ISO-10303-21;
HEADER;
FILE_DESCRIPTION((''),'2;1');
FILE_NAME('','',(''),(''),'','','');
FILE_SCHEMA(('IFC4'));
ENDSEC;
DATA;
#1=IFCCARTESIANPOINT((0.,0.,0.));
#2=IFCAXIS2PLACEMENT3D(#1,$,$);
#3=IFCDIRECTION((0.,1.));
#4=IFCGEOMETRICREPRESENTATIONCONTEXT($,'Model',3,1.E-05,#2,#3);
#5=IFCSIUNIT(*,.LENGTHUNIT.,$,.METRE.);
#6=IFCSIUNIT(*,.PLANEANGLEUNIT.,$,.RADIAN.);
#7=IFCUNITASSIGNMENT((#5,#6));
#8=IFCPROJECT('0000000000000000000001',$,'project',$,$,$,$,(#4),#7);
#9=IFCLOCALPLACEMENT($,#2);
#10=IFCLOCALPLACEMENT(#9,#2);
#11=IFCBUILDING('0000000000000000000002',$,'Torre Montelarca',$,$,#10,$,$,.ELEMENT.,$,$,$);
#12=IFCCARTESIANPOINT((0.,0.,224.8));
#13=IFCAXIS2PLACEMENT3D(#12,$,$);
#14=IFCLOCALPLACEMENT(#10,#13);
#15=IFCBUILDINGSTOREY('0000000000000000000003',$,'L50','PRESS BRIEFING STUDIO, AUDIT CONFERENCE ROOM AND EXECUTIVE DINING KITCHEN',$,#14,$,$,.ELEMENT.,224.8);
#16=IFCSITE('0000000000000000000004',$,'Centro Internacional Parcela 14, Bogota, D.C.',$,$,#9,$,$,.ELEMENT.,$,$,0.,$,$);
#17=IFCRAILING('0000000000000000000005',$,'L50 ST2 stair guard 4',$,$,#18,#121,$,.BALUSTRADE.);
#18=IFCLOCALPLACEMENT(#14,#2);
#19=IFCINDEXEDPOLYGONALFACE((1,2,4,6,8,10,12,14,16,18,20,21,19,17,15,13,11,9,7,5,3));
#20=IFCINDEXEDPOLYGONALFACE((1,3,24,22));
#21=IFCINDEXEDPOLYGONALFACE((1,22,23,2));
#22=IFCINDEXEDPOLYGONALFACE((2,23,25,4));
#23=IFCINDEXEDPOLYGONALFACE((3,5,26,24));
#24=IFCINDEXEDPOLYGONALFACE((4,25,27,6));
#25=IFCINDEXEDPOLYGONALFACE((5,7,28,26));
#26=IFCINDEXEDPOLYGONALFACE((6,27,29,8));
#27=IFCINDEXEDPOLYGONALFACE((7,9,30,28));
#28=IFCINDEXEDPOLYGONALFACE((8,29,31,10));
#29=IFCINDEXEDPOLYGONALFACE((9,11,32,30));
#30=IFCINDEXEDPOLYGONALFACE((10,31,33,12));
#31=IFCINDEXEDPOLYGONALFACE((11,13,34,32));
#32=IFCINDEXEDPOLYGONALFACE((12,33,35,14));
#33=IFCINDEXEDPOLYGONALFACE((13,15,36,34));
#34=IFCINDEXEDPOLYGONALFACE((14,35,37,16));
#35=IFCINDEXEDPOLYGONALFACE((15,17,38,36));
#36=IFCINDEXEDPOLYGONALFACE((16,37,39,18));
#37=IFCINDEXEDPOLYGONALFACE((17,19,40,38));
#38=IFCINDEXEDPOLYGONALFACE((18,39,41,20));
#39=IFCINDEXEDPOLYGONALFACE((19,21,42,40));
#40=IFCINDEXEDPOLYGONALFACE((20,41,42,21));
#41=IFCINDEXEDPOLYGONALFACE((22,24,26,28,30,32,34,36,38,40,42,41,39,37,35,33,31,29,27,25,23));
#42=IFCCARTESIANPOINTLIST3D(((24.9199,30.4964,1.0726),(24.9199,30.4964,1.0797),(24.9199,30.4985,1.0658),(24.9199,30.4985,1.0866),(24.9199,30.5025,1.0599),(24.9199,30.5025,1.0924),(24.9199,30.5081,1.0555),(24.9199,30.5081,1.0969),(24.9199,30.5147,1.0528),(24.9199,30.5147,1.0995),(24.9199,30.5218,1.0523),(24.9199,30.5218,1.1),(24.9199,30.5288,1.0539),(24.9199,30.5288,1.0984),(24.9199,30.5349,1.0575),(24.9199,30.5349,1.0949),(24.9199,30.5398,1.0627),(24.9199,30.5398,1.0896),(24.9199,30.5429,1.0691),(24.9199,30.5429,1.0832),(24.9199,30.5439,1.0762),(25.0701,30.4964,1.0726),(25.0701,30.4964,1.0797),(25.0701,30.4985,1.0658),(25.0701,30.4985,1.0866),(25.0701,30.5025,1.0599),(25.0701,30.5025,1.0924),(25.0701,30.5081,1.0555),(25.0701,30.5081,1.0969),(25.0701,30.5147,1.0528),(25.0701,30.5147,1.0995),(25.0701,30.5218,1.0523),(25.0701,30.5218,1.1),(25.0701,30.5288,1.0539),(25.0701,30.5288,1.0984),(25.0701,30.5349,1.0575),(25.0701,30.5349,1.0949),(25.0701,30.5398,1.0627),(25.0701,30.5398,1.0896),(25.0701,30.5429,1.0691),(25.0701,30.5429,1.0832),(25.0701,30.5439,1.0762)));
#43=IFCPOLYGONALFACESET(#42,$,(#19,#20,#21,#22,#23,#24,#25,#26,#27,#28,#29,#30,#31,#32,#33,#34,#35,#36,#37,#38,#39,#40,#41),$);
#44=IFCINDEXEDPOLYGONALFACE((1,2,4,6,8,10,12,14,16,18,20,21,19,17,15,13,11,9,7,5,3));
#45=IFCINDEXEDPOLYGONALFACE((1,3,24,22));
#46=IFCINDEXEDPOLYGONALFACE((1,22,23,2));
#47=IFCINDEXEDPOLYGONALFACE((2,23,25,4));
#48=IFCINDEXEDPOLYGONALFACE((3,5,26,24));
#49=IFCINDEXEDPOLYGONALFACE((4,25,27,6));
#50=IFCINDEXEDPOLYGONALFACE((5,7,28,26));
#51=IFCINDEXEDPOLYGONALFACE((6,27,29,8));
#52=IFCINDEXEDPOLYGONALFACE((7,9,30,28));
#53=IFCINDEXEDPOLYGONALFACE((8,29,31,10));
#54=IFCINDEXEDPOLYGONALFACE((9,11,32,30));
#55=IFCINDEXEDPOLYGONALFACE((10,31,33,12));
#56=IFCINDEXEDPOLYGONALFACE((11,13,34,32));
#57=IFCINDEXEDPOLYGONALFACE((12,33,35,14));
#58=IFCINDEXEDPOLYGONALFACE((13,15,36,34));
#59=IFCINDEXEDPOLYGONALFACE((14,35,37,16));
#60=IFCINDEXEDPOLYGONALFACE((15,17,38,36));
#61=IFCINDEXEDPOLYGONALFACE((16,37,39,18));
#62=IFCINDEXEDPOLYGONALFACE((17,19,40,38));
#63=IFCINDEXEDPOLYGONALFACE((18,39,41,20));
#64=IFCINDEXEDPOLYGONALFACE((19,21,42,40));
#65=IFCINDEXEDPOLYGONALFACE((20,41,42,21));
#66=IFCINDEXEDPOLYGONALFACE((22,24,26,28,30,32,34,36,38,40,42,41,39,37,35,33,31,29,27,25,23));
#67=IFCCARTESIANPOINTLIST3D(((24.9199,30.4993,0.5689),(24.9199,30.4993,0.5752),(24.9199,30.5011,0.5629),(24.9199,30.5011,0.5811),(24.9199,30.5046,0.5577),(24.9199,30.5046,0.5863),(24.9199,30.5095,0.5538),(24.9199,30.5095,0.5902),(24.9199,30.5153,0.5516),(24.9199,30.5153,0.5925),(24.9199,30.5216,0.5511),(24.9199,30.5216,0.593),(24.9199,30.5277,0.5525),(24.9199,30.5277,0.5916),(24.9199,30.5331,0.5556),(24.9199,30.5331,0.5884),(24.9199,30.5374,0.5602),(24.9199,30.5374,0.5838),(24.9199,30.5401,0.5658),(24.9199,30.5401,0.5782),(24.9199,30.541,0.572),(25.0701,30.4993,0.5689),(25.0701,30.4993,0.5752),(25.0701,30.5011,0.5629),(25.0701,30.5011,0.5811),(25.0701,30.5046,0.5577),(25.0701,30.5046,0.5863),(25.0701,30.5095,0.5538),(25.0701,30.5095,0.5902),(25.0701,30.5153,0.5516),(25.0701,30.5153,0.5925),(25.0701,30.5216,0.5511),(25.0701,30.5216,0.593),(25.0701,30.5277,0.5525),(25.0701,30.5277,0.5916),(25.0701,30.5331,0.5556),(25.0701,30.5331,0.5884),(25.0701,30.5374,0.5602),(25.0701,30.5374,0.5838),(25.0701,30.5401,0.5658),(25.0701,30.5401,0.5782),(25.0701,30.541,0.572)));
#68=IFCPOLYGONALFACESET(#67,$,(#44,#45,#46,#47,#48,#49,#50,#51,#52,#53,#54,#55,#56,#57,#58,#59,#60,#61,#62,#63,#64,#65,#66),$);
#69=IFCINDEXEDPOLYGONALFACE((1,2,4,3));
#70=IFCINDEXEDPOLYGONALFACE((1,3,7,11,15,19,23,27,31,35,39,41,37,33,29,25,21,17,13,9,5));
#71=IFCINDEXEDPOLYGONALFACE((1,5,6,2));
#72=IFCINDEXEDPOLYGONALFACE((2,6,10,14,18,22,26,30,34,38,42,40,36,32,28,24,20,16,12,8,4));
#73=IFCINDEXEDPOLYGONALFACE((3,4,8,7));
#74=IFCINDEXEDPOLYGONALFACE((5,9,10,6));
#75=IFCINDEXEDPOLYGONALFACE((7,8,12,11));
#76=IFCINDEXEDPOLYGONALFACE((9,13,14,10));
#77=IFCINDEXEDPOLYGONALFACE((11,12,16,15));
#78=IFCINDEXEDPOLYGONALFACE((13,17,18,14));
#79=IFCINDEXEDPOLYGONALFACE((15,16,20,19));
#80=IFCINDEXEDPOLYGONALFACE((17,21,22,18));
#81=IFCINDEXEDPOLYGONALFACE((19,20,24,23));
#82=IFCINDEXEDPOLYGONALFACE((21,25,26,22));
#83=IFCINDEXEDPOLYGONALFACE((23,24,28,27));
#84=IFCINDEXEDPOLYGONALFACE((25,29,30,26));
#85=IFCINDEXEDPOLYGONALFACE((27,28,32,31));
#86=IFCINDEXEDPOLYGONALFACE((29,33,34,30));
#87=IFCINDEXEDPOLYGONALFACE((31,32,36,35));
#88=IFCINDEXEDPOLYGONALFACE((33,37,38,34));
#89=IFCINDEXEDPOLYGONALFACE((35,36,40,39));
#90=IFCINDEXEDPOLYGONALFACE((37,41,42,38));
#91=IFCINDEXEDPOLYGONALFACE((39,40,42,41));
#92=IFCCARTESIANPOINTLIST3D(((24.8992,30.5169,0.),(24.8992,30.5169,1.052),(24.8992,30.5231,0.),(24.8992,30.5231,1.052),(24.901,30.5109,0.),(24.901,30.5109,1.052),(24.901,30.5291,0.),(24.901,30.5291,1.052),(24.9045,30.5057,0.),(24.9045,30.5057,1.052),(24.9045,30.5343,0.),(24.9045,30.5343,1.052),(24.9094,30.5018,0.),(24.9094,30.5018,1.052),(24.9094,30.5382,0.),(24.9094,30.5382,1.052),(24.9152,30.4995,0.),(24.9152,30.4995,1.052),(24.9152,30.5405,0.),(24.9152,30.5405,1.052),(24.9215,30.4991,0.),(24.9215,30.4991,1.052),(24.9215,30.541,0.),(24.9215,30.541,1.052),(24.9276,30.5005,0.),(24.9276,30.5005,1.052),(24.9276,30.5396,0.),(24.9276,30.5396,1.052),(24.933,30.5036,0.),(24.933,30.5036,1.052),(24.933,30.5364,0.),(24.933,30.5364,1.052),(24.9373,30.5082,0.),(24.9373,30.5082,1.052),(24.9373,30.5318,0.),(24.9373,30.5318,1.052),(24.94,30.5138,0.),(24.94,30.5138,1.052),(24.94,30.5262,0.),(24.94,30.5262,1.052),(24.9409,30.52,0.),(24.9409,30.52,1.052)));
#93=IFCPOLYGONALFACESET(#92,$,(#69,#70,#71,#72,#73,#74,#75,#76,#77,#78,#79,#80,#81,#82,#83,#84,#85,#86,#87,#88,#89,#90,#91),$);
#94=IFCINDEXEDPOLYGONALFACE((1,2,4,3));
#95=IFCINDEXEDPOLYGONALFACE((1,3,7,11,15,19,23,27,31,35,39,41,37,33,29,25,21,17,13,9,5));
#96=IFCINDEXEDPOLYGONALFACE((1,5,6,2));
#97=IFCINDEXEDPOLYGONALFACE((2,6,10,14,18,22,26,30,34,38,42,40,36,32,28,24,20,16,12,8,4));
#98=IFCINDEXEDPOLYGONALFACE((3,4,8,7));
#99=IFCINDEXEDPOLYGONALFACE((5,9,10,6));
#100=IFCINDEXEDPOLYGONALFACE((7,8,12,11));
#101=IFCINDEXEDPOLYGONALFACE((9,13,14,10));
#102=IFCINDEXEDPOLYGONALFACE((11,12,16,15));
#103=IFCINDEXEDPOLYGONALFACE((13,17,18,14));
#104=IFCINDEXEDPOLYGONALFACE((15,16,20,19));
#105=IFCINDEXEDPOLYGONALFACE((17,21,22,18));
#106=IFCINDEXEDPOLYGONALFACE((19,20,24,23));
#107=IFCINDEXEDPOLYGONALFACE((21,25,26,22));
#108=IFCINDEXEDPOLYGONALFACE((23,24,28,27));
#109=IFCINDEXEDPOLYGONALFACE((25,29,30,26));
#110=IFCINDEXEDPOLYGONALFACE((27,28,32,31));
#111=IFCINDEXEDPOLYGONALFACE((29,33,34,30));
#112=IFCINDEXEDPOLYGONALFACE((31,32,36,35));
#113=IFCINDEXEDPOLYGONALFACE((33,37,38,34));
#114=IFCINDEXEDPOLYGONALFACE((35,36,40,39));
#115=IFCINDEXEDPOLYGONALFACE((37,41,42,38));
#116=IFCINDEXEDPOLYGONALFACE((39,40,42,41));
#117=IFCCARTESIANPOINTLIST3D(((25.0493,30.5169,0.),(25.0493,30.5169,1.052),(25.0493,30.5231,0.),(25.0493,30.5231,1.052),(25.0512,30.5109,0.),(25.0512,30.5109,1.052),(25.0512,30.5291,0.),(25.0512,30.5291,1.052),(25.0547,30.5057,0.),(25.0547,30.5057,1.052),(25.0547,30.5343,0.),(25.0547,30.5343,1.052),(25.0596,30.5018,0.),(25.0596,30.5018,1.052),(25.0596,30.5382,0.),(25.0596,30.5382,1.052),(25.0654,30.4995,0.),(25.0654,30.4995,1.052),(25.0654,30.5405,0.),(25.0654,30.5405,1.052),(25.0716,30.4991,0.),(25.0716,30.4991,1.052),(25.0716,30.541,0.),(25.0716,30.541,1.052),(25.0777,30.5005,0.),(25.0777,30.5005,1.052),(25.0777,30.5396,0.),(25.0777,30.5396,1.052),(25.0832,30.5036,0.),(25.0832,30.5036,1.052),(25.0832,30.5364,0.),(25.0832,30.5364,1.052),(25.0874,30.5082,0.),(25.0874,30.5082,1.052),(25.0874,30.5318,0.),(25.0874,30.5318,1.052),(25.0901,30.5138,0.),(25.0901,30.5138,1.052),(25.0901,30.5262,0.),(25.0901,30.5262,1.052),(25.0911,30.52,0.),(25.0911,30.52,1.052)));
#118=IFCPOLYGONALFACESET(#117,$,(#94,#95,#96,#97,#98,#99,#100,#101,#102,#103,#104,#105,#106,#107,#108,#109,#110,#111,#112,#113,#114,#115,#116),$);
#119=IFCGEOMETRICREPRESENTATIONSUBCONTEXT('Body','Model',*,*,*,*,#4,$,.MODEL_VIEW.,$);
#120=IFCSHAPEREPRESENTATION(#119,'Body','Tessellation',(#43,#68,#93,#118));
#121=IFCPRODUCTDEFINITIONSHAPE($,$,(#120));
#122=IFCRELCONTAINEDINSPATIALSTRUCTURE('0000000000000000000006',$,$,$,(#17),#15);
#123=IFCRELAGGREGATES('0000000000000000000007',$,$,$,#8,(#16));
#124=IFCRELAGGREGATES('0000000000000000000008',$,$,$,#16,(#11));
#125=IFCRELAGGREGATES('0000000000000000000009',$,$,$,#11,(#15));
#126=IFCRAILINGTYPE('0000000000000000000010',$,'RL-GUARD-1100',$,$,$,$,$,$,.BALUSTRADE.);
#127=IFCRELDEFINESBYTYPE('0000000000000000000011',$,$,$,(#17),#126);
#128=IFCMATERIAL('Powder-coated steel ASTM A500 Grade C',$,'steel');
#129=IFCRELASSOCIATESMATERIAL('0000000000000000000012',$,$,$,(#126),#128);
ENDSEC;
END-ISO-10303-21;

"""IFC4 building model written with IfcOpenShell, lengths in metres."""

from ifc_helpers import new_model, si_unit, direction, frame, origin, origin_2d, place, context, subcontext, project, spatial, circle, extrude, material, type_object, element, save


model = new_model("IFC4")

# Units and contexts
model_context = context("Model", 3, precision=1e-05, world=origin(), true_north=direction((0.0, 1.0)))
body_context = subcontext(model_context, "Body", "Model", "MODEL_VIEW")
ifc_project = project(units=[si_unit("LENGTHUNIT", "METRE"), si_unit("PLANEANGLEUNIT", "RADIAN")], contexts=[model_context])

# Site, building, storey
site_placement = place(None, origin())
site = spatial("IfcSite", under=ifc_project, at=site_placement, Name="Centro Internacional Parcela 14, Bogota, D.C.", CompositionType="ELEMENT", RefElevation=0.0)
building_placement = place(site_placement, origin())
building = spatial("IfcBuilding", under=site, at=building_placement, Name="Torre Montelarca", CompositionType="ELEMENT")
storey_placement = place(building_placement, frame((0.0, 0.0, 224.8)))
storey = spatial("IfcBuildingStorey", under=building, at=storey_placement, Name="L50", Description="PRESS BRIEFING STUDIO, AUDIT CONFERENCE ROOM AND EXECUTIVE DINING KITCHEN", CompositionType="ELEMENT", Elevation=224.8)

# Railing
ifc_material_1 = material(Name="Powder-coated steel ASTM A500 Grade C", Category="steel")
railing_type_1 = type_object("IfcRailingType", Name="RL-GUARD-1100", PredefinedType="BALUSTRADE", material=ifc_material_1)
railing_1_placement = place(storey_placement, frame((24.9199, 30.52, 0.0)))
element("IfcRailing", 1, at=railing_1_placement, inside=storey, type_object=railing_type_1, Name="L50 ST2 stair guard 4", PredefinedType="BALUSTRADE", context=body_context, shape_type="SweptSolid", body=[
    extrude(circle(Radius=0.0239, at=origin_2d()), frame((0.0, 0.0, 1.0762), z_axis=(1.0, 0.0, 0.0), x_axis=(0.0, 1.0, 0.0)), (0.0, 0.0, 1.0), 0.1501),
    extrude(circle(Radius=0.021, at=origin_2d()), frame((0.0, 0.0, 0.572), z_axis=(1.0, 0.0, 0.0), x_axis=(0.0, 1.0, 0.0)), (0.0, 0.0, 1.0), 0.1501),
    extrude(circle(Radius=0.021, at=origin_2d()), origin(), (0.0, 0.0, 1.0), 1.052),
    extrude(circle(Radius=0.021, at=origin_2d()), frame((0.1501, 0.0, 0.0)), (0.0, 0.0, 1.0), 1.052),
])

save(model, "model.ifc")
